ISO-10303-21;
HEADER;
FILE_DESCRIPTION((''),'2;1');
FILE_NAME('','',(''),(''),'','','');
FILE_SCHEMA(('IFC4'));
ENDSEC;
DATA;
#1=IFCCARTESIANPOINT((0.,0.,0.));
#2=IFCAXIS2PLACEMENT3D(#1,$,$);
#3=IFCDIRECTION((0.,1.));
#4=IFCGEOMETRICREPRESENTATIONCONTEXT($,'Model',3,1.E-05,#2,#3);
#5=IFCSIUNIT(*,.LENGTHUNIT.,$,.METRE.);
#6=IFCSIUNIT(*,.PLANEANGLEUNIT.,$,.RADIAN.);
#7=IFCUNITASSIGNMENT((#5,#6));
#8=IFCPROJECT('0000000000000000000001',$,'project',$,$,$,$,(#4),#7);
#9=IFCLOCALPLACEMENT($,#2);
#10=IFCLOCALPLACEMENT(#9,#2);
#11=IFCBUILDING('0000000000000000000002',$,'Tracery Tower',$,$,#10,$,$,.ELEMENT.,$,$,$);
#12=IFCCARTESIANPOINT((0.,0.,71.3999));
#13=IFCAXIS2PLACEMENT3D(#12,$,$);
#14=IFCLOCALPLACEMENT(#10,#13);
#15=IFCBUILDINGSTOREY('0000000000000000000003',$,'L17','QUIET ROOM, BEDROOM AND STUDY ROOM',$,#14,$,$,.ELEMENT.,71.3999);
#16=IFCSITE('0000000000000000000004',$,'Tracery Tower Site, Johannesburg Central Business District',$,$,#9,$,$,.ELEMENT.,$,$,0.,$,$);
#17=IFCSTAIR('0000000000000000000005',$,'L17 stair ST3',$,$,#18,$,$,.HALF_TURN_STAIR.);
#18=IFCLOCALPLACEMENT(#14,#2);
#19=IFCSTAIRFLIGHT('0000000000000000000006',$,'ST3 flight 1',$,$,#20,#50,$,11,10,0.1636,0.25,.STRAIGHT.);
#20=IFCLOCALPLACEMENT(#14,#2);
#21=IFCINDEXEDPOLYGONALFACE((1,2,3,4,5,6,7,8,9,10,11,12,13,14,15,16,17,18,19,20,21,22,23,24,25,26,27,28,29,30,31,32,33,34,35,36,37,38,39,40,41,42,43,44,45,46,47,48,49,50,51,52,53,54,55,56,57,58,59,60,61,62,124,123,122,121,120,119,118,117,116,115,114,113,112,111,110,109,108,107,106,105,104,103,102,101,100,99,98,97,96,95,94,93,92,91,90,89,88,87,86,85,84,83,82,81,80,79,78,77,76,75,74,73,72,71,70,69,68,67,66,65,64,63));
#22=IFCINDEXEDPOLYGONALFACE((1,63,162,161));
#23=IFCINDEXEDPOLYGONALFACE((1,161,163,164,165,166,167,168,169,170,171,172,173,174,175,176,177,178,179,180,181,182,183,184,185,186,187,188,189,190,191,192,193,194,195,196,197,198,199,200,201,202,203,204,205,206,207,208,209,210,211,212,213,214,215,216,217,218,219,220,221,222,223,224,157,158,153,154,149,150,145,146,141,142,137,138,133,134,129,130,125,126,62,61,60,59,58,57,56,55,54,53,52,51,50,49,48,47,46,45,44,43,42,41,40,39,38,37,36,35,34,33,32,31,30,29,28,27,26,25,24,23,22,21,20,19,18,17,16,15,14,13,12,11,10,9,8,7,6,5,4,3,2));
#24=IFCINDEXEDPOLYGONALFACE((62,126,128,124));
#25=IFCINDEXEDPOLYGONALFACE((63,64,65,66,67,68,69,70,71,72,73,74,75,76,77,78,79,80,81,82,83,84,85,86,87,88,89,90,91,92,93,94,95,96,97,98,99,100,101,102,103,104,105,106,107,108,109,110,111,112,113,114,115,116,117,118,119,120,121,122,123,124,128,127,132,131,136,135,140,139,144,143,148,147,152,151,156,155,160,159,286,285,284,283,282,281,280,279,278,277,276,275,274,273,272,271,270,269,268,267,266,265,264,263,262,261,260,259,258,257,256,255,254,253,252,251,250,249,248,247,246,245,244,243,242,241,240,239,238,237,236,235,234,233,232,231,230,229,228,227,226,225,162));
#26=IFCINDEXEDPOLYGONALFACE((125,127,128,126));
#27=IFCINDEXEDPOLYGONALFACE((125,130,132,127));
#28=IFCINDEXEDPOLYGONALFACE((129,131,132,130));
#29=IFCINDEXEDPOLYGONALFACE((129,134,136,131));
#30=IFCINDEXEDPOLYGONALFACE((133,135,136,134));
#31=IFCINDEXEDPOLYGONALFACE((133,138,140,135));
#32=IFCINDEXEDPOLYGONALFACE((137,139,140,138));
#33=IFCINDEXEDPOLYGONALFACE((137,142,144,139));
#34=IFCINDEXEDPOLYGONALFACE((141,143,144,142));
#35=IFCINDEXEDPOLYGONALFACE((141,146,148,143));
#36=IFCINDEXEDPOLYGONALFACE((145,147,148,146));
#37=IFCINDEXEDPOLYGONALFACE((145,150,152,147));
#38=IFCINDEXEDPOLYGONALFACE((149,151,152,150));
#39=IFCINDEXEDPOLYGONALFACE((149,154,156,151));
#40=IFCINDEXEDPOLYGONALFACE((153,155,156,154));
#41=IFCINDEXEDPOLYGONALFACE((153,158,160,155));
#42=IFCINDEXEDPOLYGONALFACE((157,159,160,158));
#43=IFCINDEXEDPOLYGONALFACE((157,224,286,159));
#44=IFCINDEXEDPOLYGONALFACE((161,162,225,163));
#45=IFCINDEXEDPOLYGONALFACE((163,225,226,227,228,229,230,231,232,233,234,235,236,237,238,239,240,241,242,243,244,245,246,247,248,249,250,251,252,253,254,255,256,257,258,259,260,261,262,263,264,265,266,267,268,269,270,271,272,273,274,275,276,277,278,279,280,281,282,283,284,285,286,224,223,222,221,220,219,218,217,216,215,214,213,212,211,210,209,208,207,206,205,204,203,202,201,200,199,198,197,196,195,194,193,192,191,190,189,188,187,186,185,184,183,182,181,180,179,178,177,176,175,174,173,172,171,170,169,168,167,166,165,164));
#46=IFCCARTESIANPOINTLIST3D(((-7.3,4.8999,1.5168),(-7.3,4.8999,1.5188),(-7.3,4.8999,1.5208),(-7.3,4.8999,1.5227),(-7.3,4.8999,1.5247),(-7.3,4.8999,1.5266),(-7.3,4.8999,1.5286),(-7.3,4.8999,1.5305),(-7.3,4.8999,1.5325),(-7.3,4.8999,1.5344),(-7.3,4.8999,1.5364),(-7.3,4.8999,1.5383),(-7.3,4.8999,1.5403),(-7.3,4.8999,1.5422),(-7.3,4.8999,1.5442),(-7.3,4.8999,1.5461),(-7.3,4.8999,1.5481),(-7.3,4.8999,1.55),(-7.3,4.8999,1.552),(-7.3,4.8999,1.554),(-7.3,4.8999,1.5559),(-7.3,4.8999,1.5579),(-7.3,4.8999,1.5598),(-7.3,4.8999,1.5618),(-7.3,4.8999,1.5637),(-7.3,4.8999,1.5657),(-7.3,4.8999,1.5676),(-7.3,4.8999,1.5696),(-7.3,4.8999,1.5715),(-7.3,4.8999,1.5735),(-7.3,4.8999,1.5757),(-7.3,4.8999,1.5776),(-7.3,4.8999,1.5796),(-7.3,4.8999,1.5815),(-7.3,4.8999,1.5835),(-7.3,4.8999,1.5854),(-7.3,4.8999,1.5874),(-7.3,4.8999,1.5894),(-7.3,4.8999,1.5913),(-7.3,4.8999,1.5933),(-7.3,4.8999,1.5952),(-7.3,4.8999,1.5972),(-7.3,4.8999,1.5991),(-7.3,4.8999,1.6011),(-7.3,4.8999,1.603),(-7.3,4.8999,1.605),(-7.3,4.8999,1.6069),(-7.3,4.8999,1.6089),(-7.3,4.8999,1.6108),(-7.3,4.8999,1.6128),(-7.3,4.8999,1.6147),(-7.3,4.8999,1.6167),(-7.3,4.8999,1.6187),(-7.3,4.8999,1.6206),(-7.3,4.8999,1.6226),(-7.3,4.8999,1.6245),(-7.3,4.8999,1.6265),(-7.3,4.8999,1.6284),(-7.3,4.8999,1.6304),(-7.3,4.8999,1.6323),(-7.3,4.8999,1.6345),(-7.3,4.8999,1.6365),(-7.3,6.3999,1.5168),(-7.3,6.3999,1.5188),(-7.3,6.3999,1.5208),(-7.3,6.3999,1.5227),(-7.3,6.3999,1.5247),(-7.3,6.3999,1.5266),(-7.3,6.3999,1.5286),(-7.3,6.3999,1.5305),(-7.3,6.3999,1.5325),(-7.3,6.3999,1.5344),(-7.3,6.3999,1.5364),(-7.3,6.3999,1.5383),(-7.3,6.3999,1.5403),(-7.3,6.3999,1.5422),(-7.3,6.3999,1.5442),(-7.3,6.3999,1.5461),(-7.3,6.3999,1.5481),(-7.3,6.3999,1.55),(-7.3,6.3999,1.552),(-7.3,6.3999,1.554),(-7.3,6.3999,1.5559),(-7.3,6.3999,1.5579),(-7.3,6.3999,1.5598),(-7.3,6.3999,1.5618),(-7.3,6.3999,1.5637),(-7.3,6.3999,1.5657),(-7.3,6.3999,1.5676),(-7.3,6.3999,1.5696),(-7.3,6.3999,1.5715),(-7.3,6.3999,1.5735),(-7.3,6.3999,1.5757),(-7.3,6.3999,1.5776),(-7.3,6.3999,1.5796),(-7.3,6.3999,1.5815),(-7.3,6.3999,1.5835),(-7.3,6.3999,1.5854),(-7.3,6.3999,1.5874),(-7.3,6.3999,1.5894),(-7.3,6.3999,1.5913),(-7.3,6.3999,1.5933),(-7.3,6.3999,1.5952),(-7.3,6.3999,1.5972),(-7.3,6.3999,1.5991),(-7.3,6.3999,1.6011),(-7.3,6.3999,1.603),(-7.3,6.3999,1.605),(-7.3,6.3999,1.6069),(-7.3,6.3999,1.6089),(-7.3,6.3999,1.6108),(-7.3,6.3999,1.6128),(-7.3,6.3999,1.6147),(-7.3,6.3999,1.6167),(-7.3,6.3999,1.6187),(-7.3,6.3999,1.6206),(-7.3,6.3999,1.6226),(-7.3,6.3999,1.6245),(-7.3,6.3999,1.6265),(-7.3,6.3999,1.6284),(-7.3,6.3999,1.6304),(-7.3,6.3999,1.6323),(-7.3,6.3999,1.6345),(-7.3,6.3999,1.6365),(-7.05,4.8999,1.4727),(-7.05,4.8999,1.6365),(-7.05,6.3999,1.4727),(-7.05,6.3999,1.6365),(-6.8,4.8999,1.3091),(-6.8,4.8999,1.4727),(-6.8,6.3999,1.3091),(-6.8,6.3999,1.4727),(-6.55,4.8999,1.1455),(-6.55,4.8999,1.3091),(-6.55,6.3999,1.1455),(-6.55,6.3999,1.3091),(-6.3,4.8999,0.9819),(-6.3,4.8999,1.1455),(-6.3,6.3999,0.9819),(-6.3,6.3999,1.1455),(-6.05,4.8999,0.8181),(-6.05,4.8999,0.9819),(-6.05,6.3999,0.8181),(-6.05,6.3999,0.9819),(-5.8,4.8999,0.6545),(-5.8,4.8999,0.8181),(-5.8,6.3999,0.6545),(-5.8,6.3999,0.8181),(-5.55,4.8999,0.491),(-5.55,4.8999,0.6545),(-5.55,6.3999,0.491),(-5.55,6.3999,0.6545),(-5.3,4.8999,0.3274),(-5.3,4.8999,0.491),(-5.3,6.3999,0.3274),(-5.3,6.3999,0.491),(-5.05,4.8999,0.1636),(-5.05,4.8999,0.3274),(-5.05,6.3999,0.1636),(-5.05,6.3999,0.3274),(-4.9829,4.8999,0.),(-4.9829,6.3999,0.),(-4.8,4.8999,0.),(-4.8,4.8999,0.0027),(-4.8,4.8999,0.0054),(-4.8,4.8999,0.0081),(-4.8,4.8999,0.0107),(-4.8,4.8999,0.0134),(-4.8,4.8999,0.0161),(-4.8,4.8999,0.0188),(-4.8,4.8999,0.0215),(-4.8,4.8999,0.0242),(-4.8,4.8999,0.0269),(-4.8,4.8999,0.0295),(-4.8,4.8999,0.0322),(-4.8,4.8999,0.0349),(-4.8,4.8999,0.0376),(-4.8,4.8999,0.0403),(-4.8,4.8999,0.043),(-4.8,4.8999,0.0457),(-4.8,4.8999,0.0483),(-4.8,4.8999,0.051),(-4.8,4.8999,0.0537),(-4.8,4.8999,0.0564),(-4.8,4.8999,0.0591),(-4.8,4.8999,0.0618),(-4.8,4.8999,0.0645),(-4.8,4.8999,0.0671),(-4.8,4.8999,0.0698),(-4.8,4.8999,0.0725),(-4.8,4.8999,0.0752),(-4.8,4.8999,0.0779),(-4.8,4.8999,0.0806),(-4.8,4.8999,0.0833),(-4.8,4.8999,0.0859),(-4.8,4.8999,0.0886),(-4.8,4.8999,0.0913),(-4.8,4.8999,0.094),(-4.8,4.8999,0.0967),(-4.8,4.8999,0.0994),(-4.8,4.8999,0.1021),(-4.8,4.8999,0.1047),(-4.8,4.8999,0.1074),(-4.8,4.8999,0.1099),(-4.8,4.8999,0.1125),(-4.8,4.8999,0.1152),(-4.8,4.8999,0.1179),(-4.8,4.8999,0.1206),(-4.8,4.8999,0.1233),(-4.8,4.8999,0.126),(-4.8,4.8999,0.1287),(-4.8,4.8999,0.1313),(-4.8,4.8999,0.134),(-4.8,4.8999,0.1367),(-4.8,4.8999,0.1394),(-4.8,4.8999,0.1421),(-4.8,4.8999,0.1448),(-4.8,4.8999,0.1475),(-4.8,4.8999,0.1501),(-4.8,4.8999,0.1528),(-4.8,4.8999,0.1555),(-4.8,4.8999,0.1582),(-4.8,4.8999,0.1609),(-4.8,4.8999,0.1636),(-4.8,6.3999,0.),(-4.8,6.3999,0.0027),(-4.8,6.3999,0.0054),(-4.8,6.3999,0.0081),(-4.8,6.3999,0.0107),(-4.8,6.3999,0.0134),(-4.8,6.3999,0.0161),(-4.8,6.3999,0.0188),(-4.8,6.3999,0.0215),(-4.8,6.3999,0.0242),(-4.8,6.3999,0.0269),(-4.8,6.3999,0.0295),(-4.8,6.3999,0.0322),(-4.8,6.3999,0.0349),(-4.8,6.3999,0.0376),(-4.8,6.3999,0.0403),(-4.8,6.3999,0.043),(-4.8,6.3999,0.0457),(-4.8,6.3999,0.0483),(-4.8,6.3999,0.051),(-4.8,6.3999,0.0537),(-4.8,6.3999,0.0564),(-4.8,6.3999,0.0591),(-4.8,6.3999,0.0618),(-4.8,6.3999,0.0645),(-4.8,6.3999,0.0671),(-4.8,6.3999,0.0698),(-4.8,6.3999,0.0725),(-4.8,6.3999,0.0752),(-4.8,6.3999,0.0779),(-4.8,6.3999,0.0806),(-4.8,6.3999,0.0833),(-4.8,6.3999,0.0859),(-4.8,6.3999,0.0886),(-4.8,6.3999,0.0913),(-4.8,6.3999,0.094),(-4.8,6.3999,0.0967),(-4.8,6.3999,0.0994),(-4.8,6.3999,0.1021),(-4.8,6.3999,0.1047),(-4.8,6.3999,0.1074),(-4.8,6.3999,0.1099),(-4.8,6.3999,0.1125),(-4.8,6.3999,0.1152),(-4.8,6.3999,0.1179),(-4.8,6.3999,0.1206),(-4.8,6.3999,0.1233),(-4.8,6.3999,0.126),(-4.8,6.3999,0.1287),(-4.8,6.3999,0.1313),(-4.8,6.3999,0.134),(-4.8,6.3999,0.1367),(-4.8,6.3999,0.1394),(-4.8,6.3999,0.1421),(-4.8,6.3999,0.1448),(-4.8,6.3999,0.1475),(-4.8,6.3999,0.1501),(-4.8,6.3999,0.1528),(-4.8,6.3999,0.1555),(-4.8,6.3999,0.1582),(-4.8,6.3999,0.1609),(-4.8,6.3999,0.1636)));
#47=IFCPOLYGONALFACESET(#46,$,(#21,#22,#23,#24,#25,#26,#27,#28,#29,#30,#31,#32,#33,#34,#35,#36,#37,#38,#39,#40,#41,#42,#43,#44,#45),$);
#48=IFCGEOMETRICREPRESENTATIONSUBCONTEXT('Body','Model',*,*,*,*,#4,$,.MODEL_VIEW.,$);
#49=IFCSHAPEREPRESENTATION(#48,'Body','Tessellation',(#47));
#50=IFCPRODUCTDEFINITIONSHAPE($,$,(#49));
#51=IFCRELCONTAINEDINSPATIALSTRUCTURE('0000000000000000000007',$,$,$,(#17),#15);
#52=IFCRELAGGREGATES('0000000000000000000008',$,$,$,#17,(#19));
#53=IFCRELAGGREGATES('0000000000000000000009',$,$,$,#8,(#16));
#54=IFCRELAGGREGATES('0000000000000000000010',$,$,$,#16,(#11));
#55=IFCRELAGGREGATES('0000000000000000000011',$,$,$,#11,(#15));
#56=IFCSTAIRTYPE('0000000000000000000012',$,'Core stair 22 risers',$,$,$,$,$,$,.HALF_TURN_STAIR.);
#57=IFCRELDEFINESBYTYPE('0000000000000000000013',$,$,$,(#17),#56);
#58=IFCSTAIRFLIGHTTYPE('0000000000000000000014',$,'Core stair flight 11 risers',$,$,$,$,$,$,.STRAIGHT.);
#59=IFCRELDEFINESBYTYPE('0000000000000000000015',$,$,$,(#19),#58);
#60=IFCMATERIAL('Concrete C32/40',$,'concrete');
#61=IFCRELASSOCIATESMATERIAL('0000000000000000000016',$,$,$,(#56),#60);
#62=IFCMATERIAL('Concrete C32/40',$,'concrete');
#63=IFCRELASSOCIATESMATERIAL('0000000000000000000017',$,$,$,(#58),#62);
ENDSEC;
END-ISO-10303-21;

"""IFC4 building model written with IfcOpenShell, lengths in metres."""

from ifc_helpers import new_model, si_unit, direction, frame, origin, place, context, subcontext, project, spatial, polyline, outline, extrude, material, type_object, element, aggregate, save


model = new_model("IFC4")

# Units and contexts
model_context = context("Model", 3, precision=1e-05, world=origin(), true_north=direction((0.0, 1.0)))
body_context = subcontext(model_context, "Body", "Model", "MODEL_VIEW")
ifc_project = project(units=[si_unit("LENGTHUNIT", "METRE"), si_unit("PLANEANGLEUNIT", "RADIAN")], contexts=[model_context])

# Site, building, storey
site_placement = place(None, origin())
site = spatial("IfcSite", under=ifc_project, at=site_placement, Name="Tracery Tower Site, Johannesburg Central Business District", CompositionType="ELEMENT", RefElevation=0.0)
building_placement = place(site_placement, origin())
building = spatial("IfcBuilding", under=site, at=building_placement, Name="Tracery Tower", CompositionType="ELEMENT")
storey_placement = place(building_placement, frame((0.0, 0.0, 71.3999)))
storey = spatial("IfcBuildingStorey", under=building, at=storey_placement, Name="L17", Description="QUIET ROOM, BEDROOM AND STUDY ROOM", CompositionType="ELEMENT", Elevation=71.3999)

# Stair
ifc_material_1 = material(Name="Concrete C32/40", Category="concrete")
stair_type = type_object("IfcStairType", Name="Core stair 22 risers", PredefinedType="HALF_TURN_STAIR", material=ifc_material_1)
stair_1_placement = place(storey_placement, origin())
stair_1 = element("IfcStair", 1, at=stair_1_placement, inside=storey, type_object=stair_type, Name="L17 stair ST3", PredefinedType="HALF_TURN_STAIR")

# Stair flight
ifc_material_2 = material(Name="Concrete C32/40", Category="concrete")
stair_flight_type = type_object("IfcStairFlightType", Name="Core stair flight 11 risers", PredefinedType="STRAIGHT", material=ifc_material_2)
stair_flight_1_placement = place(storey_placement, frame((-4.8, 5.6499, 0.0), z_axis=(0.0, 0.0, 1.0), x_axis=(-1.0, 0.0, 0.0)))
stair_flight_1 = element("IfcStairFlight", 2, at=stair_flight_1_placement, type_object=stair_flight_type, Name="ST3 flight 1", NumberOfRisers=11, NumberOfTreads=10, PredefinedType="STRAIGHT", RiserHeight=0.1636, TreadLength=0.25, context=body_context, shape_type="SweptSolid", body=[
    extrude(outline(polyline([(0.0, 0.0), (0.0, 0.0027), (0.0, 0.0054), (0.0, 0.0081), (0.0, 0.0107), (0.0, 0.0134), (0.0, 0.0161), (0.0, 0.0188), (0.0, 0.0215), (0.0, 0.0242), (0.0, 0.0269), (0.0, 0.0295), (0.0, 0.0322), (0.0, 0.0349), (0.0, 0.0376), (0.0, 0.0403), (0.0, 0.043), (0.0, 0.0457), (0.0, 0.0483), (0.0, 0.051), (0.0, 0.0537), (0.0, 0.0564), (0.0, 0.0591), (0.0, 0.0618), (0.0, 0.0645), (0.0, 0.0671), (0.0, 0.0698), (0.0, 0.0725), (0.0, 0.0752), (0.0, 0.0779), (0.0, 0.0806), (0.0, 0.0833), (0.0, 0.0859), (0.0, 0.0886), (0.0, 0.0913), (0.0, 0.094), (0.0, 0.0967), (0.0, 0.0994), (0.0, 0.1021), (0.0, 0.1047), (0.0, 0.1074), (0.0, 0.1099), (0.0, 0.1125), (0.0, 0.1152), (0.0, 0.1179), (0.0, 0.1206), (0.0, 0.1233), (0.0, 0.126), (0.0, 0.1287), (0.0, 0.1313), (0.0, 0.134), (0.0, 0.1367), (0.0, 0.1394), (0.0, 0.1421), (0.0, 0.1448), (0.0, 0.1475), (0.0, 0.1501), (0.0, 0.1528), (0.0, 0.1555), (0.0, 0.1582), (0.0, 0.1609), (0.0, 0.1636), (0.25, 0.1636), (0.25, 0.3274), (0.5, 0.3274), (0.5, 0.491), (0.75, 0.491), (0.75, 0.6545), (1.0, 0.6545), (1.0, 0.8181), (1.25, 0.8181), (1.25, 0.9819), (1.5, 0.9819), (1.5, 1.1455), (1.75, 1.1455), (1.75, 1.3091), (2.0, 1.3091), (2.0, 1.4727), (2.25, 1.4727), (2.25, 1.6365), (2.5, 1.6365), (2.5, 1.6345), (2.5, 1.6323), (2.5, 1.6304), (2.5, 1.6284), (2.5, 1.6265), (2.5, 1.6245), (2.5, 1.6226), (2.5, 1.6206), (2.5, 1.6187), (2.5, 1.6167), (2.5, 1.6147), (2.5, 1.6128), (2.5, 1.6108), (2.5, 1.6089), (2.5, 1.6069), (2.5, 1.605), (2.5, 1.603), (2.5, 1.6011), (2.5, 1.5991), (2.5, 1.5972), (2.5, 1.5952), (2.5, 1.5933), (2.5, 1.5913), (2.5, 1.5894), (2.5, 1.5874), (2.5, 1.5854), (2.5, 1.5835), (2.5, 1.5815), (2.5, 1.5796), (2.5, 1.5776), (2.5, 1.5757), (2.5, 1.5735), (2.5, 1.5715), (2.5, 1.5696), (2.5, 1.5676), (2.5, 1.5657), (2.5, 1.5637), (2.5, 1.5618), (2.5, 1.5598), (2.5, 1.5579), (2.5, 1.5559), (2.5, 1.554), (2.5, 1.552), (2.5, 1.55), (2.5, 1.5481), (2.5, 1.5461), (2.5, 1.5442), (2.5, 1.5422), (2.5, 1.5403), (2.5, 1.5383), (2.5, 1.5364), (2.5, 1.5344), (2.5, 1.5325), (2.5, 1.5305), (2.5, 1.5286), (2.5, 1.5266), (2.5, 1.5247), (2.5, 1.5227), (2.5, 1.5208), (2.5, 1.5188), (2.5, 1.5168), (0.1829, 0.0), (0.0, 0.0)])), frame((0.0, 0.75, 0.0), z_axis=(0.0, -1.0, 0.0), x_axis=(1.0, 0.0, 0.0)), (0.0, 0.0, 1.0), 1.5),
])
aggregate(stair_1, [stair_flight_1])

save(model, "model.ifc")
